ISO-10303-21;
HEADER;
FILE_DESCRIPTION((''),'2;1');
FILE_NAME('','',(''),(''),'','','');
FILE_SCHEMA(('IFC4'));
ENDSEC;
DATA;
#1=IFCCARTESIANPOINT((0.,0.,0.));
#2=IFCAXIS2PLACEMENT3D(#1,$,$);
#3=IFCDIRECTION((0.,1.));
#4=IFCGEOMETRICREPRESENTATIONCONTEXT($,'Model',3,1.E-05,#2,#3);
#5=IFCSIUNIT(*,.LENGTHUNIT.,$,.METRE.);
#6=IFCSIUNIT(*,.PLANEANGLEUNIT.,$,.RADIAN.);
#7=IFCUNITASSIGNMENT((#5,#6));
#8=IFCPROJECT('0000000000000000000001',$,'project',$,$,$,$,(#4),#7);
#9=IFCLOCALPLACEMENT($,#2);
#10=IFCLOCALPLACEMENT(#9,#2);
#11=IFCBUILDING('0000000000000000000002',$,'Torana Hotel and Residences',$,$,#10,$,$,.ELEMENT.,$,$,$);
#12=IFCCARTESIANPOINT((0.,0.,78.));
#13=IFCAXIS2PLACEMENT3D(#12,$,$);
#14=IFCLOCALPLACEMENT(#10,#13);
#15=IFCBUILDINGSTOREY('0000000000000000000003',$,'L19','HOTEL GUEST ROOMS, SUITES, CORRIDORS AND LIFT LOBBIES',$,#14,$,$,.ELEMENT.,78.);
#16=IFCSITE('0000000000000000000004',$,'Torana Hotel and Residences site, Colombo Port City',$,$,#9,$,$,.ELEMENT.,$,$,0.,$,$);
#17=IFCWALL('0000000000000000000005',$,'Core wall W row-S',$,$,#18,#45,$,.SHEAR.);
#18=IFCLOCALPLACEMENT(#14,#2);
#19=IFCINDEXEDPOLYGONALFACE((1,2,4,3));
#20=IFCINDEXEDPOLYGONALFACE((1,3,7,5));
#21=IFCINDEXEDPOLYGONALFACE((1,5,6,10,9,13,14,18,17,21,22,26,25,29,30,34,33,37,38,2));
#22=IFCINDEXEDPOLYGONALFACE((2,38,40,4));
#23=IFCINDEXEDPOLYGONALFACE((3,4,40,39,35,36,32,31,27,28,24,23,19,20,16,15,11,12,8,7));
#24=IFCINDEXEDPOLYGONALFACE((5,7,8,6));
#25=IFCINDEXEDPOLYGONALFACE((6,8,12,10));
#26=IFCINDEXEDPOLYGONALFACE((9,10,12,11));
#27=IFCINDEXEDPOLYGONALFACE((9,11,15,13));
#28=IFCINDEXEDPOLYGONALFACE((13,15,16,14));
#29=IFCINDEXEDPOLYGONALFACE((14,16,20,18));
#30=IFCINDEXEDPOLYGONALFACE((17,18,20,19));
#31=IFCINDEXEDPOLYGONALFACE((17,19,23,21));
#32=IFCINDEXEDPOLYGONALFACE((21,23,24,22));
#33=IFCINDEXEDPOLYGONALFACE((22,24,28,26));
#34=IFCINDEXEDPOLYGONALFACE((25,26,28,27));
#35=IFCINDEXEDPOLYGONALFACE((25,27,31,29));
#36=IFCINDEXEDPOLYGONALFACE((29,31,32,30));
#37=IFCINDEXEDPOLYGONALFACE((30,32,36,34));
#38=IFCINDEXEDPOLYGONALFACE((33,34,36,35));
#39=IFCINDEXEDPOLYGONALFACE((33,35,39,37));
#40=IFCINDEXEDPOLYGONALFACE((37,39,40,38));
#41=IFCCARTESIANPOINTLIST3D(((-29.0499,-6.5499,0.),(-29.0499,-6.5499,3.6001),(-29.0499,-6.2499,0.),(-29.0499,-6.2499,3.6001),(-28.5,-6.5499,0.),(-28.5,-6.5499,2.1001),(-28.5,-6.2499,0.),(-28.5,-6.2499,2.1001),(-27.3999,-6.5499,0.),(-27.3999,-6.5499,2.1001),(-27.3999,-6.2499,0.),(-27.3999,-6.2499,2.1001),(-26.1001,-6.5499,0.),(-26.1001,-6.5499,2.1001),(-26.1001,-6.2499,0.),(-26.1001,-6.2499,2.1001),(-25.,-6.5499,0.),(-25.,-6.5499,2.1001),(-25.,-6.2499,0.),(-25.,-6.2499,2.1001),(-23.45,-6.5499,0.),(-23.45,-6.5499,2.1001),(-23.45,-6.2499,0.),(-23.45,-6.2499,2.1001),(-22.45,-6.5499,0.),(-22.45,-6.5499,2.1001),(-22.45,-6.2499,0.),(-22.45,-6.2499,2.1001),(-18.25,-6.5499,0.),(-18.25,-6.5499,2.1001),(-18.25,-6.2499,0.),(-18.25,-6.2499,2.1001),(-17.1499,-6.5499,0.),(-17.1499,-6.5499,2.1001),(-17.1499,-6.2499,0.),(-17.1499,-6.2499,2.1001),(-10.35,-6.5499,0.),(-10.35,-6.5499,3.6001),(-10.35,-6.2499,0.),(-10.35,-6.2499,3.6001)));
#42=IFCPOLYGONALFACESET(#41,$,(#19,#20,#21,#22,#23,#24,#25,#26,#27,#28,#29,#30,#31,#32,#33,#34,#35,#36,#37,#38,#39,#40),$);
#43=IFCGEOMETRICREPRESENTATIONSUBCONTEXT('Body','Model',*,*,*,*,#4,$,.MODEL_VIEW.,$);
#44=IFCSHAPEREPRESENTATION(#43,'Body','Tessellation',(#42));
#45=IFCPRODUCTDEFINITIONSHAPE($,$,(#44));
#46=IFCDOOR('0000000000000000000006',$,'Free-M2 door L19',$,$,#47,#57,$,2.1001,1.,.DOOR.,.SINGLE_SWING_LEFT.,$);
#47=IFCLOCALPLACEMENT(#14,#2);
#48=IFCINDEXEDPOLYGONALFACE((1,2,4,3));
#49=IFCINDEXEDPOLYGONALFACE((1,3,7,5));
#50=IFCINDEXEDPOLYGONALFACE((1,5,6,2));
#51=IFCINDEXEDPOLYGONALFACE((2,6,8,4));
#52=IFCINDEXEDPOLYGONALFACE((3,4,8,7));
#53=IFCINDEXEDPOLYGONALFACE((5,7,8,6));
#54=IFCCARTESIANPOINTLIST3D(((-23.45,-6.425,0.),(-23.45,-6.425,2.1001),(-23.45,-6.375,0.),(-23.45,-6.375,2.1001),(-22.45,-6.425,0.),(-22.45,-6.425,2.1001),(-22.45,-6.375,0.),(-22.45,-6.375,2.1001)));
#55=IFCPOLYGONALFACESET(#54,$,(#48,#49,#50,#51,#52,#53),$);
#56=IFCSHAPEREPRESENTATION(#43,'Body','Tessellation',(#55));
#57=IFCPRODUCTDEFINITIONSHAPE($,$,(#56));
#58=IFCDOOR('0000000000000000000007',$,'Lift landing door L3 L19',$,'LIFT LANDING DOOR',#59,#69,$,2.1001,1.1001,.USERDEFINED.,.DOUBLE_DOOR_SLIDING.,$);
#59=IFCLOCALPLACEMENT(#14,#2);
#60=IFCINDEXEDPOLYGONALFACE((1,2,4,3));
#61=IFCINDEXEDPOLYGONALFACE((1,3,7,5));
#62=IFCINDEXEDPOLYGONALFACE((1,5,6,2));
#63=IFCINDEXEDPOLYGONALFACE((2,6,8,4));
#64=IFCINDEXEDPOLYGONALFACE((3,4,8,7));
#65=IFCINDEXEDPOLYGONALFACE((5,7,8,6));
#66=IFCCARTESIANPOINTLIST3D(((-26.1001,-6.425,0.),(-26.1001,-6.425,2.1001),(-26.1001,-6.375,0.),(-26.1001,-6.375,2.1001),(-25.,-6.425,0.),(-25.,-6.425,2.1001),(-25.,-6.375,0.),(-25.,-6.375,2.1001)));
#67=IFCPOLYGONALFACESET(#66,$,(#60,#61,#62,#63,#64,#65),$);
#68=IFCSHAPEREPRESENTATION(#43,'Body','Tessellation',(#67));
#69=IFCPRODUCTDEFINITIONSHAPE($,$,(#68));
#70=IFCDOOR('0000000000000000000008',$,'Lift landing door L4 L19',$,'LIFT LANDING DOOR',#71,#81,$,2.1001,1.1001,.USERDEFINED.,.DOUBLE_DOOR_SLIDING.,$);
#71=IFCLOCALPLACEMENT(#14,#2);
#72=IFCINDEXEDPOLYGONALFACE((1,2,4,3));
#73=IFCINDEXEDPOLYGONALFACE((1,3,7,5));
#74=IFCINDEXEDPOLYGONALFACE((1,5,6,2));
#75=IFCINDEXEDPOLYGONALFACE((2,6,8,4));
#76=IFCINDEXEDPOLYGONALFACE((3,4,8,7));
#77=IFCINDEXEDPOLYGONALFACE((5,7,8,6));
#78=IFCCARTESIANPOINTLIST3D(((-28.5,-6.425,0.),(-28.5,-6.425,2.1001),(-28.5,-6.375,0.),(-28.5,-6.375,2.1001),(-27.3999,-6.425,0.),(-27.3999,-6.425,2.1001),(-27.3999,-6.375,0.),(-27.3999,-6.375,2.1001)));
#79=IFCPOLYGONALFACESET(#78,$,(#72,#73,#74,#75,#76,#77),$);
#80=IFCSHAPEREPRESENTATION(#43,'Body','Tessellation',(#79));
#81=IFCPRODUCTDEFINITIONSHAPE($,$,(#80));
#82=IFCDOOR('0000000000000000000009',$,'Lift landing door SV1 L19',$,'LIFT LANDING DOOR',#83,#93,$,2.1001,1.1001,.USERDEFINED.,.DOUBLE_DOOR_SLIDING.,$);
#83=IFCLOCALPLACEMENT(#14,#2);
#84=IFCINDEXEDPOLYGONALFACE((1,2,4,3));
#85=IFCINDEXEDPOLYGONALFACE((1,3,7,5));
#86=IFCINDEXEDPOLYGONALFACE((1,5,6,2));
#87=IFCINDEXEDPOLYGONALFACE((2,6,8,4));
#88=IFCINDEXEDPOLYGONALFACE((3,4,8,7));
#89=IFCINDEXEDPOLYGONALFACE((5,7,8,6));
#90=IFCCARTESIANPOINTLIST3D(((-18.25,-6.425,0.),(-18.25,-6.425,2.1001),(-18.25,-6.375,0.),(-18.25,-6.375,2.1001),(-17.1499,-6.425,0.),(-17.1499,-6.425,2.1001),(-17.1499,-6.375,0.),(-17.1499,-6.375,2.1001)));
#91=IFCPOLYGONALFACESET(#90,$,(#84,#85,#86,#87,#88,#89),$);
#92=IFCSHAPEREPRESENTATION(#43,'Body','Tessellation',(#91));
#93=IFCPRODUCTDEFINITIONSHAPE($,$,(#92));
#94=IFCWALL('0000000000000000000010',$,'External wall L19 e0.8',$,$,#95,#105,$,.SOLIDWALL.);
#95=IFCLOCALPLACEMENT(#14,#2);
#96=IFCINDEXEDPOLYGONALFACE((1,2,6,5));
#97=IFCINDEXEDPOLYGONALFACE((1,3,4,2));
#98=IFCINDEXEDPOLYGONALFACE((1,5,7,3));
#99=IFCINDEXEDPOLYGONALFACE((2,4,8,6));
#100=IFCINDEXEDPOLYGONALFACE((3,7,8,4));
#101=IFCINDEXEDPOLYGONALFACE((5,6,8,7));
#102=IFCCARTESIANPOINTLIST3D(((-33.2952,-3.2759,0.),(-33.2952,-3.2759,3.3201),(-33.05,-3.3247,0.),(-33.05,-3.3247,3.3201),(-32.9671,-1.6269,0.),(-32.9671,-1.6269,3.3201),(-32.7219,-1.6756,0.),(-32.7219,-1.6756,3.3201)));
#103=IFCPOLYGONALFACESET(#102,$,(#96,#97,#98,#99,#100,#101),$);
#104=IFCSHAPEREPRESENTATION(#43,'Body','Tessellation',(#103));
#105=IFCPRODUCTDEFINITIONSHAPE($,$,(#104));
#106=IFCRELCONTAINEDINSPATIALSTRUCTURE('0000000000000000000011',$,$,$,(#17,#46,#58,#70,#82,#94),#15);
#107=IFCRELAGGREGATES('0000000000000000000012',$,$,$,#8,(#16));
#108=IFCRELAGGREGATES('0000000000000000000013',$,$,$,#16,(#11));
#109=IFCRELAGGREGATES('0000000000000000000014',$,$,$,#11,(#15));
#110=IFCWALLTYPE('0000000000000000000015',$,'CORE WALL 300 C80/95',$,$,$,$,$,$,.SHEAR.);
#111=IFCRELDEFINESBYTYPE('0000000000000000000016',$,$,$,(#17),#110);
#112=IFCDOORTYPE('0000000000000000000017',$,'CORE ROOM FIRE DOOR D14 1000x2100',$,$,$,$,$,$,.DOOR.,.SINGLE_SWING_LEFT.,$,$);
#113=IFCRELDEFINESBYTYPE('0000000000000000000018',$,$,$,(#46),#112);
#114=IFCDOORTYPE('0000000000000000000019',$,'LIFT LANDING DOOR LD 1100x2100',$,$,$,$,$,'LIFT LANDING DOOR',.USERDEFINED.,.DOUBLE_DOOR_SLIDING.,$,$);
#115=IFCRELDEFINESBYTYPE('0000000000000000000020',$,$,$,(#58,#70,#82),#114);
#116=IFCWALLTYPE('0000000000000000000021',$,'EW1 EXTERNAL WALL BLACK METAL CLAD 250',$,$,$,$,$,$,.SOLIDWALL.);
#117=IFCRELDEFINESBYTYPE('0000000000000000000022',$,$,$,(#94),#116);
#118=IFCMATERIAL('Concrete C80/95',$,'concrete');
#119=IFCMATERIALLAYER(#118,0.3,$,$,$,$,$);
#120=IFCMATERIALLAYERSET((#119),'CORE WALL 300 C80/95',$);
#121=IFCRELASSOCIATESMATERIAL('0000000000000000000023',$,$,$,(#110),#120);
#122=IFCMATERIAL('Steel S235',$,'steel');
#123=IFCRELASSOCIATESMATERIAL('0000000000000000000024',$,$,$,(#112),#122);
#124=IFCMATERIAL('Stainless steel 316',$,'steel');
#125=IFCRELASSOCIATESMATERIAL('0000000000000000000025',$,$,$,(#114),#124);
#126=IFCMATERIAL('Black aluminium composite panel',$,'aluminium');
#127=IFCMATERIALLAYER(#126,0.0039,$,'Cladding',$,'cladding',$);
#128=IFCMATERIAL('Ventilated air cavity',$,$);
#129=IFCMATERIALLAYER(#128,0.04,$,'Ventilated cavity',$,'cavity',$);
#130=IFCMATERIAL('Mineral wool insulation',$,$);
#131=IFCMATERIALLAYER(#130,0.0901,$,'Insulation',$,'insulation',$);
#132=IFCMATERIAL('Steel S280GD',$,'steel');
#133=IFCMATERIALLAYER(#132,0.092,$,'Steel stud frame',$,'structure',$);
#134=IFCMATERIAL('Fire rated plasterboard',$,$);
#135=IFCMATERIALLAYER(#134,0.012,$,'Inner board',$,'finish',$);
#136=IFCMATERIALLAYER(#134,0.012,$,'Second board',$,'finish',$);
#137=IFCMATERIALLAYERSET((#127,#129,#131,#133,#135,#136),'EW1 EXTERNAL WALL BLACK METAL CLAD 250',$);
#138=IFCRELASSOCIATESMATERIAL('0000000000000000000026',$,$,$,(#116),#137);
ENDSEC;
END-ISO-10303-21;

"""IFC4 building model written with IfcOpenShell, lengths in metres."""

from ifc_helpers import new_model, si_unit, direction, frame, frame_2d, origin, place, context, subcontext, project, spatial, rectangle, extrude, material, layer, layer_set, type_object, element, fill, save


model = new_model("IFC4")

# Units and contexts
model_context = context("Model", 3, precision=1e-05, world=origin(), true_north=direction((0.0, 1.0)))
body_context = subcontext(model_context, "Body", "Model", "MODEL_VIEW")
ifc_project = project(units=[si_unit("LENGTHUNIT", "METRE"), si_unit("PLANEANGLEUNIT", "RADIAN")], contexts=[model_context])

# Site, building, storey
site_placement = place(None, origin())
site = spatial("IfcSite", under=ifc_project, at=site_placement, Name="Torana Hotel and Residences site, Colombo Port City", CompositionType="ELEMENT", RefElevation=0.0)
building_placement = place(site_placement, origin())
building = spatial("IfcBuilding", under=site, at=building_placement, Name="Torana Hotel and Residences", CompositionType="ELEMENT")
storey_placement = place(building_placement, frame((0.0, 0.0, 78.0)))
storey = spatial("IfcBuildingStorey", under=building, at=storey_placement, Name="L19", Description="HOTEL GUEST ROOMS, SUITES, CORRIDORS AND LIFT LOBBIES", CompositionType="ELEMENT", Elevation=78.0)

# Wall, openings, doors
ifc_material_1 = material(Name="Concrete C80/95", Category="concrete")
ifc_layer_1 = layer(ifc_material_1, 0.3)
ifc_layer_set_1 = layer_set([ifc_layer_1], Name="CORE WALL 300 C80/95")
wall_type_1 = type_object("IfcWallType", Name="CORE WALL 300 C80/95", PredefinedType="SHEAR", material=ifc_layer_set_1)
ifc_material_2 = material(Name="Steel S235", Category="steel")
door_type_1 = type_object("IfcDoorType", Name="CORE ROOM FIRE DOOR D14 1000x2100", OperationType="SINGLE_SWING_LEFT", PredefinedType="DOOR", material=ifc_material_2)
ifc_material_3 = material(Name="Stainless steel 316", Category="steel")
door_type_2 = type_object("IfcDoorType", Name="LIFT LANDING DOOR LD 1100x2100", ElementType="LIFT LANDING DOOR", OperationType="DOUBLE_DOOR_SLIDING", PredefinedType="USERDEFINED", material=ifc_material_3)
wall_1_placement = place(storey_placement, frame((-29.05, -6.3999, 0.0), z_axis=(0.0, 0.0, 1.0), x_axis=(1.0, 0.0, 0.0)))
wall_1 = element("IfcWall", 1, at=wall_1_placement, inside=storey, type_object=wall_type_1, Name="Core wall W row-S", PredefinedType="SHEAR", context=body_context, shape_type="SweptSolid", body=[
    extrude(rectangle(XDim=18.7, YDim=0.3, at=frame_2d((9.3501, 0.0))), origin(), (0.0, 0.0, 1.0), 3.6001),
])
opening_1_placement = place(wall_1_placement, frame((2.95, 0.0, 0.0)))
opening_1 = element("IfcOpeningElement", 2, at=opening_1_placement, cuts=wall_1, PredefinedType="OPENING", context=body_context, shape_type="SweptSolid", body=[
    extrude(rectangle(XDim=1.1001, YDim=2.1001, at=frame_2d((0.55, 1.05))), frame((0.0, 0.1599, 0.0), z_axis=(0.0, -1.0, 0.0), x_axis=(1.0, 0.0, 0.0)), (0.0, 0.0, 1.0), 0.3201),
])
opening_2_placement = place(wall_1_placement, frame((0.55, 0.0, 0.0)))
opening_2 = element("IfcOpeningElement", 3, at=opening_2_placement, cuts=wall_1, PredefinedType="OPENING", context=body_context, shape_type="SweptSolid", body=[
    extrude(rectangle(XDim=1.1001, YDim=2.1001, at=frame_2d((0.55, 1.05))), frame((0.0, 0.1599, 0.0), z_axis=(0.0, -1.0, 0.0), x_axis=(1.0, 0.0, 0.0)), (0.0, 0.0, 1.0), 0.3201),
])
opening_3_placement = place(wall_1_placement, frame((10.8, 0.0, 0.0)))
opening_3 = element("IfcOpeningElement", 4, at=opening_3_placement, cuts=wall_1, PredefinedType="OPENING", context=body_context, shape_type="SweptSolid", body=[
    extrude(rectangle(XDim=1.1001, YDim=2.1001, at=frame_2d((0.55, 1.05))), frame((0.0, 0.1599, 0.0), z_axis=(0.0, -1.0, 0.0), x_axis=(1.0, 0.0, 0.0)), (0.0, 0.0, 1.0), 0.3201),
])
opening_4_placement = place(wall_1_placement, frame((5.6001, 0.0, 0.0)))
opening_4 = element("IfcOpeningElement", 5, at=opening_4_placement, cuts=wall_1, PredefinedType="OPENING", context=body_context, shape_type="SweptSolid", body=[
    extrude(rectangle(XDim=1.0, YDim=2.1001, at=frame_2d((0.5, 1.05))), frame((0.0, 0.1599, 0.0), z_axis=(0.0, -1.0, 0.0), x_axis=(1.0, 0.0, 0.0)), (0.0, 0.0, 1.0), 0.3201),
])
door_1_placement = place(opening_4_placement, frame((0.5, 0.0, 0.0), z_axis=(0.0, 0.0, 1.0), x_axis=(-1.0, 0.0, 0.0)))
door_1 = element("IfcDoor", 6, at=door_1_placement, inside=storey, type_object=door_type_1, Name="Free-M2 door L19", OperationType="SINGLE_SWING_LEFT", OverallHeight=2.1001, OverallWidth=1.0, PredefinedType="DOOR", context=body_context, shape_type="SweptSolid", body=[
    extrude(rectangle(XDim=1.0, YDim=2.1001, at=frame_2d((0.0, 1.05))), frame((0.0, -0.0249, 0.0), z_axis=(0.0, 1.0, 0.0), x_axis=(-1.0, 0.0, 0.0)), (0.0, 0.0, 1.0), 0.05),
])
fill(opening_4, door_1)
door_2_placement = place(opening_1_placement, origin())
door_2 = element("IfcDoor", 7, at=door_2_placement, inside=storey, type_object=door_type_2, Name="Lift landing door L3 L19", ObjectType="LIFT LANDING DOOR", OperationType="DOUBLE_DOOR_SLIDING", OverallHeight=2.1001, OverallWidth=1.1001, PredefinedType="USERDEFINED", context=body_context, shape_type="SweptSolid", body=[
    extrude(rectangle(XDim=1.1001, YDim=2.1001, at=frame_2d((0.55, 1.05))), frame((0.0, 0.0249, 0.0), z_axis=(0.0, -1.0, 0.0), x_axis=(1.0, 0.0, 0.0)), (0.0, 0.0, 1.0), 0.05),
])
fill(opening_1, door_2)
door_3_placement = place(opening_2_placement, origin())
door_3 = element("IfcDoor", 8, at=door_3_placement, inside=storey, type_object=door_type_2, Name="Lift landing door L4 L19", ObjectType="LIFT LANDING DOOR", OperationType="DOUBLE_DOOR_SLIDING", OverallHeight=2.1001, OverallWidth=1.1001, PredefinedType="USERDEFINED", context=body_context, shape_type="SweptSolid", body=[
    extrude(rectangle(XDim=1.1001, YDim=2.1001, at=frame_2d((0.55, 1.05))), frame((0.0, 0.0249, 0.0), z_axis=(0.0, -1.0, 0.0), x_axis=(1.0, 0.0, 0.0)), (0.0, 0.0, 1.0), 0.05),
])
fill(opening_2, door_3)
door_4_placement = place(opening_3_placement, origin())
door_4 = element("IfcDoor", 9, at=door_4_placement, inside=storey, type_object=door_type_2, Name="Lift landing door SV1 L19", ObjectType="LIFT LANDING DOOR", OperationType="DOUBLE_DOOR_SLIDING", OverallHeight=2.1001, OverallWidth=1.1001, PredefinedType="USERDEFINED", context=body_context, shape_type="SweptSolid", body=[
    extrude(rectangle(XDim=1.1001, YDim=2.1001, at=frame_2d((0.55, 1.05))), frame((0.0, 0.0249, 0.0), z_axis=(0.0, -1.0, 0.0), x_axis=(1.0, 0.0, 0.0)), (0.0, 0.0, 1.0), 0.05),
])
fill(opening_3, door_4)

# Wall
ifc_material_4 = material(Name="Black aluminium composite panel", Category="aluminium")
ifc_layer_2 = layer(ifc_material_4, 0.0039, Name="Cladding", Category="cladding")
ifc_material_5 = material(Name="Ventilated air cavity")
ifc_layer_3 = layer(ifc_material_5, 0.04, Name="Ventilated cavity", Category="cavity")
ifc_material_6 = material(Name="Mineral wool insulation")
ifc_layer_4 = layer(ifc_material_6, 0.0901, Name="Insulation", Category="insulation")
ifc_material_7 = material(Name="Steel S280GD", Category="steel")
ifc_layer_5 = layer(ifc_material_7, 0.092, Name="Steel stud frame", Category="structure")
ifc_material_8 = material(Name="Fire rated plasterboard")
ifc_layer_6 = layer(ifc_material_8, 0.012, Name="Inner board", Category="finish")
ifc_layer_7 = layer(ifc_material_8, 0.012, Name="Second board", Category="finish")
ifc_layer_set_2 = layer_set([ifc_layer_2, ifc_layer_3, ifc_layer_4, ifc_layer_5, ifc_layer_6, ifc_layer_7], Name="EW1 EXTERNAL WALL BLACK METAL CLAD 250")
wall_type_2 = type_object("IfcWallType", Name="EW1 EXTERNAL WALL BLACK METAL CLAD 250", PredefinedType="SOLIDWALL", material=ifc_layer_set_2)
wall_2_placement = place(storey_placement, frame((-32.8445, -1.6511, 0.0), z_axis=(0.0, 0.0, 1.0), x_axis=(-0.195139, -0.980776, 0.0)))
element("IfcWall", 10, at=wall_2_placement, inside=storey, type_object=wall_type_2, Name="External wall L19 e0.8", PredefinedType="SOLIDWALL", context=body_context, shape_type="SweptSolid", body=[
    extrude(rectangle(XDim=1.6814, YDim=0.25, at=frame_2d((0.8408, 0.0))), origin(), (0.0, 0.0, 1.0), 3.3201),
])

save(model, "model.ifc")
